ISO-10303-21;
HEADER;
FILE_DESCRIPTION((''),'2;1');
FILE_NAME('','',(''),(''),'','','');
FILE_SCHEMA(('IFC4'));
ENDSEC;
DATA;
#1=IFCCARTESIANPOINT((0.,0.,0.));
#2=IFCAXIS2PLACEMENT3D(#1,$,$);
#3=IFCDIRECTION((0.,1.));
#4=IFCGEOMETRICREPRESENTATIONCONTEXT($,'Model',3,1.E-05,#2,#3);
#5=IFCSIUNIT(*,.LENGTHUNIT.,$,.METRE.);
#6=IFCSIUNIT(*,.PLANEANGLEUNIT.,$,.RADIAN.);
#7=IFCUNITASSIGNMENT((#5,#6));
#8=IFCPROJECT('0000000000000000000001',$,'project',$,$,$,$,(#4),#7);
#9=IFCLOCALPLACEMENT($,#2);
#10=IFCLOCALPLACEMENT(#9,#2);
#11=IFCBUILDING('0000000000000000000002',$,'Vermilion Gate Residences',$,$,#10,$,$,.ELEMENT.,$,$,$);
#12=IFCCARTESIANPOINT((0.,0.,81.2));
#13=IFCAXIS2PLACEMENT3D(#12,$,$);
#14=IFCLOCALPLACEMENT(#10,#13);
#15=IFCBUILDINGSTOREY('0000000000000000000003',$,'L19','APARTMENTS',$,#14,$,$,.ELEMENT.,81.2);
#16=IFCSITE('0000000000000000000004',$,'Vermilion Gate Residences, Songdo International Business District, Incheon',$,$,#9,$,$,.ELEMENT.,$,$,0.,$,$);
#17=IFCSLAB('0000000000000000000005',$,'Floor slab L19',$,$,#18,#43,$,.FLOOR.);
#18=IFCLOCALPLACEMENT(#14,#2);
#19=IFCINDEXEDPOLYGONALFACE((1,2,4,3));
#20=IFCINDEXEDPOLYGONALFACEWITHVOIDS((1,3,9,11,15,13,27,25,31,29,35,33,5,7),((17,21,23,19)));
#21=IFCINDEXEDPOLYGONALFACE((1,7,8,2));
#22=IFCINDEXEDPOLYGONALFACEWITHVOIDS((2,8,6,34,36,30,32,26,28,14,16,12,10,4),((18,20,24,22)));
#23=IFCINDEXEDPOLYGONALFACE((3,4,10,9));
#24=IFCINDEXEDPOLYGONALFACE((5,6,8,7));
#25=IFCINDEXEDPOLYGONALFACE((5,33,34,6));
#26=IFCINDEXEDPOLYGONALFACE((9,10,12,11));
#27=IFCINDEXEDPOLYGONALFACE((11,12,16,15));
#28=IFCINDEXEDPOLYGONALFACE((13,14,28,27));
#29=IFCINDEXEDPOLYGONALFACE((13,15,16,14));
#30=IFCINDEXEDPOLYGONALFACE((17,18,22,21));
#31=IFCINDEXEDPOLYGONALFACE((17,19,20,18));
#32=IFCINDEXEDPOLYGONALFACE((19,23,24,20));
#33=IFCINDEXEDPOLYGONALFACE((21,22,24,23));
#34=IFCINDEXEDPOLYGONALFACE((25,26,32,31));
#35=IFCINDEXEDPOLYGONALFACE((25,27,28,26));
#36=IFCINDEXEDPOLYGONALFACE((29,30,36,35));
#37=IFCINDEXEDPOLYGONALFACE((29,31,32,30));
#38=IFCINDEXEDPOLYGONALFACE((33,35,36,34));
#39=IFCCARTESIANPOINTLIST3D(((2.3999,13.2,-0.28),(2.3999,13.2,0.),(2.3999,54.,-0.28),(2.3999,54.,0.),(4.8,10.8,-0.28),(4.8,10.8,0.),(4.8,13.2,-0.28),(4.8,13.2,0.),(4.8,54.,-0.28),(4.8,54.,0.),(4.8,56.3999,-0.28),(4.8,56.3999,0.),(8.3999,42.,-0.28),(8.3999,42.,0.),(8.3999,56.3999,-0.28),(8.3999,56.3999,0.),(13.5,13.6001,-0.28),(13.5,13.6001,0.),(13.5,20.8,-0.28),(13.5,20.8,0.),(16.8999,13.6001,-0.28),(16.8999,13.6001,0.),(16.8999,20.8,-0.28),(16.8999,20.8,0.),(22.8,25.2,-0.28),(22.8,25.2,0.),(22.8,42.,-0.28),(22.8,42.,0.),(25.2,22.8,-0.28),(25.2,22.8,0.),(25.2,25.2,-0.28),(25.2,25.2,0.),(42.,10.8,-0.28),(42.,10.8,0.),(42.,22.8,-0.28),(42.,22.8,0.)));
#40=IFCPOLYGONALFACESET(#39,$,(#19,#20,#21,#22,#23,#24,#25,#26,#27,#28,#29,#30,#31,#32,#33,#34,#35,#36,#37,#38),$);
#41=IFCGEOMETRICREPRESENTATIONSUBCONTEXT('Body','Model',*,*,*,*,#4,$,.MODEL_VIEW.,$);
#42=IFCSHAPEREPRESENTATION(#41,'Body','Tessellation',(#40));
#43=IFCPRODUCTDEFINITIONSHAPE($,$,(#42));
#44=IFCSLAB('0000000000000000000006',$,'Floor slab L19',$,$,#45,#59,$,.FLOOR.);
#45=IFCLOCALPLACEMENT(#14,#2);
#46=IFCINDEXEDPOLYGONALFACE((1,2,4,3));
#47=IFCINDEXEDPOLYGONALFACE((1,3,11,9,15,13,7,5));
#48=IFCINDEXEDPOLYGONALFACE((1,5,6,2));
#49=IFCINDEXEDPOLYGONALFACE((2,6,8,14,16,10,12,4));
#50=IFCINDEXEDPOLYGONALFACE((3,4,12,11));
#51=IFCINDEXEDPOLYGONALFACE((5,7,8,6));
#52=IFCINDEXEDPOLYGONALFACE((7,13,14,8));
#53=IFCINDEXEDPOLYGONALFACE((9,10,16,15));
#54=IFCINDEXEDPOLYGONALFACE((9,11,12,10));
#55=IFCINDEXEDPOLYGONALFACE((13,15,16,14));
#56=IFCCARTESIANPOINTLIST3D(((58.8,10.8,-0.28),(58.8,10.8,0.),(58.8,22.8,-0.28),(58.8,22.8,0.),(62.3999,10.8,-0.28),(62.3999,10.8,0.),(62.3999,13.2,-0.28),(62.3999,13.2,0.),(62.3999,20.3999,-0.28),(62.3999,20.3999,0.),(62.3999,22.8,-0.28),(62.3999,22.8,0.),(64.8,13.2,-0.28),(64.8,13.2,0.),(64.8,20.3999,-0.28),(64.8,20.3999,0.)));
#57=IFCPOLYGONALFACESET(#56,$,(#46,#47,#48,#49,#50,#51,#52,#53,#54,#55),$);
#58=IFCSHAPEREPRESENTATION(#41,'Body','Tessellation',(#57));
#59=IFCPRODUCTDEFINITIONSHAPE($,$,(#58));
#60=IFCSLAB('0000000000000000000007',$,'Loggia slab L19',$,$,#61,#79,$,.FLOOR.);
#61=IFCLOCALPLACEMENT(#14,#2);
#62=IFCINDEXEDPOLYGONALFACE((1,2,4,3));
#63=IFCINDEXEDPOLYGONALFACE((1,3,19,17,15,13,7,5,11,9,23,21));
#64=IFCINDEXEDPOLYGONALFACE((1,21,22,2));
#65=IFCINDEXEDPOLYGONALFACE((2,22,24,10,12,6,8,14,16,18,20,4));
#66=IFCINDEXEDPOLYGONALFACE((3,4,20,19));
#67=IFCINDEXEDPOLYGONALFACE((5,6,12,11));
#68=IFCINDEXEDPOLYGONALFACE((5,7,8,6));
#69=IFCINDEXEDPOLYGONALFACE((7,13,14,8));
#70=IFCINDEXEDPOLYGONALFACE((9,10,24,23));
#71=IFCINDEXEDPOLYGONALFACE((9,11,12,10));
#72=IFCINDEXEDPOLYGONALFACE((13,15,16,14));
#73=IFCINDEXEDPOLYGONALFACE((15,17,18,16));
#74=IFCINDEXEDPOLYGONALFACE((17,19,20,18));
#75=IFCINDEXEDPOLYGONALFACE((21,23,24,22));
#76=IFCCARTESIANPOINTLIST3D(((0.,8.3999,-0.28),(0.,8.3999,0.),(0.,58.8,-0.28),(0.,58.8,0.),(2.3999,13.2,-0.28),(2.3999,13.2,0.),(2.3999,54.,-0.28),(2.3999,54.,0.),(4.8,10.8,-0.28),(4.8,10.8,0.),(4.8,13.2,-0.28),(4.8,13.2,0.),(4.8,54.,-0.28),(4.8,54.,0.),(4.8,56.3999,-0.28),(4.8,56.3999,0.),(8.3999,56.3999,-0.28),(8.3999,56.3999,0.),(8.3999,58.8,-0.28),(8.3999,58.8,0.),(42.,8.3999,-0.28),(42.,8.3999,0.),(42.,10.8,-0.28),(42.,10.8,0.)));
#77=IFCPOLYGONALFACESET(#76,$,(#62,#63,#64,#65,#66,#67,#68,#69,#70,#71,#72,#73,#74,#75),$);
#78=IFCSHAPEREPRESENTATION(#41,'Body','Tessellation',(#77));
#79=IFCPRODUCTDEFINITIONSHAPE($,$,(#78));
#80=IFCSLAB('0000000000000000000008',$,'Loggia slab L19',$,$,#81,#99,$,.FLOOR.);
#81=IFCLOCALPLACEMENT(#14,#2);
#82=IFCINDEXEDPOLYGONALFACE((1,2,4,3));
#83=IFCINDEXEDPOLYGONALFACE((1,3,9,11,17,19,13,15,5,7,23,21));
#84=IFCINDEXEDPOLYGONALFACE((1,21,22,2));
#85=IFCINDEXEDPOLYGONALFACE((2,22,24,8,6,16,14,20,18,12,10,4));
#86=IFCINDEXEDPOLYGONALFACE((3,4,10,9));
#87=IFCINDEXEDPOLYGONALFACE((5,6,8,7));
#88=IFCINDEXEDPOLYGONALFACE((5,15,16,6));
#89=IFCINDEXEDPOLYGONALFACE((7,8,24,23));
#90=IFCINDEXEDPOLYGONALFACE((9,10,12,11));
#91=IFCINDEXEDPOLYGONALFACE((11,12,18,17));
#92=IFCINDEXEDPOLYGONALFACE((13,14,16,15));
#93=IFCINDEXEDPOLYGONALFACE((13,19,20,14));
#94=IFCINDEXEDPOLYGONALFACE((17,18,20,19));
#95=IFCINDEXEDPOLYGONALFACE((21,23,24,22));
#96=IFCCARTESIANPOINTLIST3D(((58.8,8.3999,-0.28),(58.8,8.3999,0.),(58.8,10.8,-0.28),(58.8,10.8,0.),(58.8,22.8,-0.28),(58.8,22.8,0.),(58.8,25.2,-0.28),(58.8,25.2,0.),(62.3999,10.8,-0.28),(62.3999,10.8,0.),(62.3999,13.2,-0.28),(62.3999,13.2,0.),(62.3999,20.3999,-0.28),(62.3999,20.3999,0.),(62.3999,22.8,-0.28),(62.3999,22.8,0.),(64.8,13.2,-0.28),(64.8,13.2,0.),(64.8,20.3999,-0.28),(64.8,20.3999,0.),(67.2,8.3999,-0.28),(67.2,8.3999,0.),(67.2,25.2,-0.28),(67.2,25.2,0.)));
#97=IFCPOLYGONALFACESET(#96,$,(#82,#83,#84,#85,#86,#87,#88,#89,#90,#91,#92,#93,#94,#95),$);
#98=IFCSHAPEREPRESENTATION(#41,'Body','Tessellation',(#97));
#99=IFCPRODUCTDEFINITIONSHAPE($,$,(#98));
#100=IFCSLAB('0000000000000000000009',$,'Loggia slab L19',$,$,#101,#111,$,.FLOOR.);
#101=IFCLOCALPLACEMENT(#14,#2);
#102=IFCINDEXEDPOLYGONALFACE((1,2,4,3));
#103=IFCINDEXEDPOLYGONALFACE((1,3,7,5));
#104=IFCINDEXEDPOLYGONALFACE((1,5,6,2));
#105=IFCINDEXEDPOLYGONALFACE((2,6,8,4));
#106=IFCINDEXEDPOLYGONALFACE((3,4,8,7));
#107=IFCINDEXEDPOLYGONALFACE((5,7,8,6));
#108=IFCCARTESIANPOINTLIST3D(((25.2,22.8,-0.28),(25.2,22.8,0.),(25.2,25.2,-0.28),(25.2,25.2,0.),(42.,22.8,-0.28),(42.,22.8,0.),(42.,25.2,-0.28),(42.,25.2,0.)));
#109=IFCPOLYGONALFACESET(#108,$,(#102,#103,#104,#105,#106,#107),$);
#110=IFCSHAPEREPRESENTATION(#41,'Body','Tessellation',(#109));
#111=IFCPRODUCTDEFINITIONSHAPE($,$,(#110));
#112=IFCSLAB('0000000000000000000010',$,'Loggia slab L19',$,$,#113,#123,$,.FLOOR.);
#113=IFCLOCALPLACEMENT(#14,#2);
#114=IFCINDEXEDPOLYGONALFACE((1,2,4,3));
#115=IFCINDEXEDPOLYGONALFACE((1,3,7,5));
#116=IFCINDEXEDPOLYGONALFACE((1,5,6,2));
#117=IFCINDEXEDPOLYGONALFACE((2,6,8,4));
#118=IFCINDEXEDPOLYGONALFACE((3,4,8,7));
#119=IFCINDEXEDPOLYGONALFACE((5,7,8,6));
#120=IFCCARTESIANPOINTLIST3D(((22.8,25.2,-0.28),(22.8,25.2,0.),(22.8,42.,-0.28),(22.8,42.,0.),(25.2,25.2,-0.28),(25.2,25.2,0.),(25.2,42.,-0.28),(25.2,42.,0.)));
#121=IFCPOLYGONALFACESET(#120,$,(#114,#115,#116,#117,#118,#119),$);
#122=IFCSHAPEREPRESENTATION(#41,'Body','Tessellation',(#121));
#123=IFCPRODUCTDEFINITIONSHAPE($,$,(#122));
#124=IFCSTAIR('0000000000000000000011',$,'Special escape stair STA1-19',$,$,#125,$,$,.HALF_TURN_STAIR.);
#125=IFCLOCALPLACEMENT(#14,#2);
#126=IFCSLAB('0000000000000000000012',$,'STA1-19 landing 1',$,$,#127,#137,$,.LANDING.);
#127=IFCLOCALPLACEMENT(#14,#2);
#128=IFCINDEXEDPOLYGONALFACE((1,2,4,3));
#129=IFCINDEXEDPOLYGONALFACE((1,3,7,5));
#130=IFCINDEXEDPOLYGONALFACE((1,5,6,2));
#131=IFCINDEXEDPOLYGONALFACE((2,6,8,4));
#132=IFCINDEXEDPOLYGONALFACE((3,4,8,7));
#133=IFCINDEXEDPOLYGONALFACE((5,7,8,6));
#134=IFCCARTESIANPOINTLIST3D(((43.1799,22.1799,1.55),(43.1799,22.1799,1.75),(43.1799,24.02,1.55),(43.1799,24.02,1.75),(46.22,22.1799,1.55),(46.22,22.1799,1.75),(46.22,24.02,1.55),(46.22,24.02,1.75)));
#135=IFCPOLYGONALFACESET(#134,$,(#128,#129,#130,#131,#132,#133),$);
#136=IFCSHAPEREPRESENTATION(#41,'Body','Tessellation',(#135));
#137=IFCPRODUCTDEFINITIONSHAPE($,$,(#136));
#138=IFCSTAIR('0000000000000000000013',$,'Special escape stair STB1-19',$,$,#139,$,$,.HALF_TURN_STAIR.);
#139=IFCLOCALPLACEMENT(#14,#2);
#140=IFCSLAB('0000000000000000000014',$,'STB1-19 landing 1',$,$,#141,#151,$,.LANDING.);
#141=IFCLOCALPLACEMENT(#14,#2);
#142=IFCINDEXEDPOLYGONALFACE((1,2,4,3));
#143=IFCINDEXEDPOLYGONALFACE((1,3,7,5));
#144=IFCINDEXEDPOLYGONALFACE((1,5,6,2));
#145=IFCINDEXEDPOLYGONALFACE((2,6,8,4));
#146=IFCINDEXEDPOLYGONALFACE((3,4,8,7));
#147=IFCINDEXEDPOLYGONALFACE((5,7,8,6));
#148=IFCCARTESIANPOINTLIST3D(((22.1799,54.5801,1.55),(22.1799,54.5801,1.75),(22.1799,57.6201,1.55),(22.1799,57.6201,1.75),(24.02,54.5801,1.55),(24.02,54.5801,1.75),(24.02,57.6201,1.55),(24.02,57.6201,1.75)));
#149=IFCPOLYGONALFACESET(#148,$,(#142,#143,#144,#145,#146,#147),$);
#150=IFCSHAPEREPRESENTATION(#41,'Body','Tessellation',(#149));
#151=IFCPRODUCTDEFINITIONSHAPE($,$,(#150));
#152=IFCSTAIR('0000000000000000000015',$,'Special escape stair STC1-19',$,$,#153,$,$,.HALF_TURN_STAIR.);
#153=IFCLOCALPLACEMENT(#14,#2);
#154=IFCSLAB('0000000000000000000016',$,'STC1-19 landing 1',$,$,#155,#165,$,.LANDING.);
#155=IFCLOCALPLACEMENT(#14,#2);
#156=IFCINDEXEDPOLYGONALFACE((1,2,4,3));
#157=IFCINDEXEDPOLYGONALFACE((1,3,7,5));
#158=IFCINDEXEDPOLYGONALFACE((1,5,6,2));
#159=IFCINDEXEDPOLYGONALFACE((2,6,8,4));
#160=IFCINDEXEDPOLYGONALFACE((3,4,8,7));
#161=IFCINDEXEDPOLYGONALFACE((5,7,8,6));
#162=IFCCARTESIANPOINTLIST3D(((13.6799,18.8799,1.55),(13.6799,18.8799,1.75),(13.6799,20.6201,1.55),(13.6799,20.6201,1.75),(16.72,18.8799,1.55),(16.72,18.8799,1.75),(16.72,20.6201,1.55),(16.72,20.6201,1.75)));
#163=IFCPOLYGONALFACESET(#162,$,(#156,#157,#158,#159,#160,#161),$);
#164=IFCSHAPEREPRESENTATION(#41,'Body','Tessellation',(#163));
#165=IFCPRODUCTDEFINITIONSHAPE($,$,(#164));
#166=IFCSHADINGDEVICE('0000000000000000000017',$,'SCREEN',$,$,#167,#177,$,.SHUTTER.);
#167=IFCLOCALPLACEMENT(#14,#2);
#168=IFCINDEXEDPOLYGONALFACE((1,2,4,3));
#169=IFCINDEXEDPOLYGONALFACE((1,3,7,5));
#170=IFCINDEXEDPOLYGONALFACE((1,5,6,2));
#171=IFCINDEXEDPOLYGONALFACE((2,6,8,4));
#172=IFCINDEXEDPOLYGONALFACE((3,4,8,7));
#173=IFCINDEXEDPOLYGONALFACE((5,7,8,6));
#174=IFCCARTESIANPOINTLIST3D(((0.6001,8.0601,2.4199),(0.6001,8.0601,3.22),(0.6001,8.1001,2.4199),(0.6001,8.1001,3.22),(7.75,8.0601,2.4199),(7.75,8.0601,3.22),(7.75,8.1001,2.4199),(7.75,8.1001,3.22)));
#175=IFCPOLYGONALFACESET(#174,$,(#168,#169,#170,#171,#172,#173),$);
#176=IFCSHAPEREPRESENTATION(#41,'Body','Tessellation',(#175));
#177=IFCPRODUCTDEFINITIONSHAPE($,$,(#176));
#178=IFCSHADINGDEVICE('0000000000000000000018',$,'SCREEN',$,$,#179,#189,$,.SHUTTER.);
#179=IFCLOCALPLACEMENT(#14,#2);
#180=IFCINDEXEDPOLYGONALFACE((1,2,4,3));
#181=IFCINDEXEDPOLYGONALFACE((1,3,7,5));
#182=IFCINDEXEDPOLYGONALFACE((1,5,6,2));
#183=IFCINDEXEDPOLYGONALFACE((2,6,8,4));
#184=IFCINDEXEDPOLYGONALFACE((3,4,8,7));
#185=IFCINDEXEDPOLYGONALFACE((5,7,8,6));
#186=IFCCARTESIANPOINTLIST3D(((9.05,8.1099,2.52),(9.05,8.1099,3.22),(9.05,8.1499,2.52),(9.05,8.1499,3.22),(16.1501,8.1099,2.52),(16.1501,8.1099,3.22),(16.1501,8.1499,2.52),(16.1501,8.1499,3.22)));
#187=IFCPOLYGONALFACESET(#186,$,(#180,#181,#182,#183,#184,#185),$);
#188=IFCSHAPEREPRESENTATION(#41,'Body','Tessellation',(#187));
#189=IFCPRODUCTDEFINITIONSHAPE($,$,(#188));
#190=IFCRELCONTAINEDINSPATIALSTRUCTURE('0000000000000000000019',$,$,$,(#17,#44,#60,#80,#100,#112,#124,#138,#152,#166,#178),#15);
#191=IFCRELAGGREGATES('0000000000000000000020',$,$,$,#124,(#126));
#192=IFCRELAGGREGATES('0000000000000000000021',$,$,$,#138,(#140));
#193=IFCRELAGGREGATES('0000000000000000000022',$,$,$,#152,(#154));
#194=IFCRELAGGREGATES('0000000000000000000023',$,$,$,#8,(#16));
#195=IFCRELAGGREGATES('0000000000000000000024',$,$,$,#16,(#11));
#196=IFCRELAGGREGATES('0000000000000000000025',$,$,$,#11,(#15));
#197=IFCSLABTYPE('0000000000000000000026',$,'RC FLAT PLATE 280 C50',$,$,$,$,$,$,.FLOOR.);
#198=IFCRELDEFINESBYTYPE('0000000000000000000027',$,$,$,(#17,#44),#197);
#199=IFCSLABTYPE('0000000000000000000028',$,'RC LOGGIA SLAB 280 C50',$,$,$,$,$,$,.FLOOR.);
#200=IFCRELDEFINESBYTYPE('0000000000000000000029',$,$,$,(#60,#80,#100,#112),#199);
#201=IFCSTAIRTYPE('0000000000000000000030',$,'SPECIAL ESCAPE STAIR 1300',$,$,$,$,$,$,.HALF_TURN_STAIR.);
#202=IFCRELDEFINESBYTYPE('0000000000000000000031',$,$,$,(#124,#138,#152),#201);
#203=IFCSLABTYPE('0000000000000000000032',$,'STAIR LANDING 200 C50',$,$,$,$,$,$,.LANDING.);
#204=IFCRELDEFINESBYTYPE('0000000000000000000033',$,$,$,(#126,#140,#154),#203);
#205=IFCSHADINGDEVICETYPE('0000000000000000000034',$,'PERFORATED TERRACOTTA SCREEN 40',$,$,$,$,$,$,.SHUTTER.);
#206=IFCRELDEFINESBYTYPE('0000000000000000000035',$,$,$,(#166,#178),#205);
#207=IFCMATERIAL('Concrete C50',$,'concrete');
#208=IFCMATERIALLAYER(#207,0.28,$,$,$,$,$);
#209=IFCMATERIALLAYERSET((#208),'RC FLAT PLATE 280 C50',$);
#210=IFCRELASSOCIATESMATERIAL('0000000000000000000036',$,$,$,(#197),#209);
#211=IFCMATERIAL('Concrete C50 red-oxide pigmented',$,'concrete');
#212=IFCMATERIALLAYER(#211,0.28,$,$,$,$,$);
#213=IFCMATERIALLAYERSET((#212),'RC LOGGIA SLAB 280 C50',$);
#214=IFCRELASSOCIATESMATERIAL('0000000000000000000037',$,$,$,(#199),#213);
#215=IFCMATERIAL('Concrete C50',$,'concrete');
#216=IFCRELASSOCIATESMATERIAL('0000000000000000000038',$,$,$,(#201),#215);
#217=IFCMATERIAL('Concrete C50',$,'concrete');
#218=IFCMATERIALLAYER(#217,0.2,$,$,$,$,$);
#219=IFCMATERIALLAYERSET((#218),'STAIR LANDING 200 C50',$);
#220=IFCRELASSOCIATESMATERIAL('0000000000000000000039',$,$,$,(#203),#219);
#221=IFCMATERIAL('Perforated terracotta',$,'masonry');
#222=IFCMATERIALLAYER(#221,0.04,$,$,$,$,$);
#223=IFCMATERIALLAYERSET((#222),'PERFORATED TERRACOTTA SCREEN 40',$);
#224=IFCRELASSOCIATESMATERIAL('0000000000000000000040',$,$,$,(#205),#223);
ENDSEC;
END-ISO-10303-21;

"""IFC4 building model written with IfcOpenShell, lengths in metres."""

from ifc_helpers import new_model, si_unit, direction, frame, origin, origin_2d, place, context, subcontext, project, spatial, polyline, rectangle, outline, extrude, material, layer, layer_set, type_object, element, aggregate, save


model = new_model("IFC4")

# Units and contexts
model_context = context("Model", 3, precision=1e-05, world=origin(), true_north=direction((0.0, 1.0)))
body_context = subcontext(model_context, "Body", "Model", "MODEL_VIEW")
ifc_project = project(units=[si_unit("LENGTHUNIT", "METRE"), si_unit("PLANEANGLEUNIT", "RADIAN")], contexts=[model_context])

# Site, building, storey
site_placement = place(None, origin())
site = spatial("IfcSite", under=ifc_project, at=site_placement, Name="Vermilion Gate Residences, Songdo International Business District, Incheon", CompositionType="ELEMENT", RefElevation=0.0)
building_placement = place(site_placement, origin())
building = spatial("IfcBuilding", under=site, at=building_placement, Name="Vermilion Gate Residences", CompositionType="ELEMENT")
storey_placement = place(building_placement, frame((0.0, 0.0, 81.2)))
storey = spatial("IfcBuildingStorey", under=building, at=storey_placement, Name="L19", Description="APARTMENTS", CompositionType="ELEMENT", Elevation=81.2)

# Slabs
ifc_material_1 = material(Name="Concrete C50", Category="concrete")
ifc_layer_1 = layer(ifc_material_1, 0.28)
ifc_layer_set_1 = layer_set([ifc_layer_1], Name="RC FLAT PLATE 280 C50")
slab_type_1 = type_object("IfcSlabType", Name="RC FLAT PLATE 280 C50", PredefinedType="FLOOR", material=ifc_layer_set_1)
slab_1_placement = place(storey_placement, frame((0.0, 0.0, -0.28)))
element("IfcSlab", 1, at=slab_1_placement, inside=storey, type_object=slab_type_1, Name="Floor slab L19", PredefinedType="FLOOR", context=body_context, shape_type="SweptSolid", body=[
    extrude(outline(polyline([(22.8, 25.2), (22.8, 42.0), (8.3999, 42.0), (8.3999, 56.3999), (4.8, 56.3999), (4.8, 54.0), (2.3999, 54.0), (2.3999, 13.2), (4.8, 13.2), (4.8, 10.8), (42.0, 10.8), (42.0, 22.8), (25.2, 22.8), (25.2, 25.2), (22.8, 25.2)]), holes=[polyline([(13.5, 13.6001), (13.5, 20.8), (16.8999, 20.8), (16.8999, 13.6001), (13.5, 13.6001)])]), origin(), (0.0, 0.0, 1.0), 0.28),
])
slab_2_placement = place(storey_placement, frame((0.0, 0.0, -0.28)))
element("IfcSlab", 2, at=slab_2_placement, inside=storey, type_object=slab_type_1, Name="Floor slab L19", PredefinedType="FLOOR", context=body_context, shape_type="SweptSolid", body=[
    extrude(outline(polyline([(58.8, 22.8), (58.8, 10.8), (62.3999, 10.8), (62.3999, 13.2), (64.8, 13.2), (64.8, 20.3999), (62.3999, 20.3999), (62.3999, 22.8), (58.8, 22.8)])), origin(), (0.0, 0.0, 1.0), 0.28),
])
ifc_material_2 = material(Name="Concrete C50 red-oxide pigmented", Category="concrete")
ifc_layer_2 = layer(ifc_material_2, 0.28)
ifc_layer_set_2 = layer_set([ifc_layer_2], Name="RC LOGGIA SLAB 280 C50")
slab_type_2 = type_object("IfcSlabType", Name="RC LOGGIA SLAB 280 C50", PredefinedType="FLOOR", material=ifc_layer_set_2)
slab_3_placement = place(storey_placement, frame((0.0, 0.0, -0.28)))
element("IfcSlab", 3, at=slab_3_placement, inside=storey, type_object=slab_type_2, Name="Loggia slab L19", PredefinedType="FLOOR", context=body_context, shape_type="SweptSolid", body=[
    extrude(outline(polyline([(0.0, 58.8), (0.0, 8.3999), (42.0, 8.3999), (42.0, 10.8), (4.8, 10.8), (4.8, 13.2), (2.3999, 13.2), (2.3999, 54.0), (4.8, 54.0), (4.8, 56.3999), (8.3999, 56.3999), (8.3999, 58.8), (0.0, 58.8)])), origin(), (0.0, 0.0, 1.0), 0.28),
])
slab_4_placement = place(storey_placement, frame((0.0, 0.0, -0.28)))
element("IfcSlab", 4, at=slab_4_placement, inside=storey, type_object=slab_type_2, Name="Loggia slab L19", PredefinedType="FLOOR", context=body_context, shape_type="SweptSolid", body=[
    extrude(outline(polyline([(64.8, 20.3999), (64.8, 13.2), (62.3999, 13.2), (62.3999, 10.8), (58.8, 10.8), (58.8, 8.3999), (67.2, 8.3999), (67.2, 25.2), (58.8, 25.2), (58.8, 22.8), (62.3999, 22.8), (62.3999, 20.3999), (64.8, 20.3999)])), origin(), (0.0, 0.0, 1.0), 0.28),
])
slab_5_placement = place(storey_placement, frame((0.0, 0.0, -0.28)))
element("IfcSlab", 5, at=slab_5_placement, inside=storey, type_object=slab_type_2, Name="Loggia slab L19", PredefinedType="FLOOR", context=body_context, shape_type="SweptSolid", body=[
    extrude(outline(polyline([(25.2, 22.8), (42.0, 22.8), (42.0, 25.2), (25.2, 25.2), (25.2, 22.8)])), origin(), (0.0, 0.0, 1.0), 0.28),
])
slab_6_placement = place(storey_placement, frame((0.0, 0.0, -0.28)))
element("IfcSlab", 6, at=slab_6_placement, inside=storey, type_object=slab_type_2, Name="Loggia slab L19", PredefinedType="FLOOR", context=body_context, shape_type="SweptSolid", body=[
    extrude(outline(polyline([(25.2, 25.2), (25.2, 42.0), (22.8, 42.0), (22.8, 25.2), (25.2, 25.2)])), origin(), (0.0, 0.0, 1.0), 0.28),
])

# Stairs, slabs
ifc_material_3 = material(Name="Concrete C50", Category="concrete")
stair_type = type_object("IfcStairType", Name="SPECIAL ESCAPE STAIR 1300", PredefinedType="HALF_TURN_STAIR", material=ifc_material_3)
stair_1_placement = place(storey_placement, origin())
stair_1 = element("IfcStair", 7, at=stair_1_placement, inside=storey, type_object=stair_type, Name="Special escape stair STA1-19", PredefinedType="HALF_TURN_STAIR")
ifc_material_4 = material(Name="Concrete C50", Category="concrete")
ifc_layer_3 = layer(ifc_material_4, 0.2)
ifc_layer_set_3 = layer_set([ifc_layer_3], Name="STAIR LANDING 200 C50")
slab_type_3 = type_object("IfcSlabType", Name="STAIR LANDING 200 C50", PredefinedType="LANDING", material=ifc_layer_set_3)
slab_7_placement = place(storey_placement, frame((0.0, 0.0, 1.55)))
slab_7 = element("IfcSlab", 8, at=slab_7_placement, type_object=slab_type_3, Name="STA1-19 landing 1", PredefinedType="LANDING", context=body_context, shape_type="SweptSolid", body=[
    extrude(outline(polyline([(46.22, 22.1799), (46.22, 24.02), (43.1799, 24.02), (43.1799, 22.1799), (46.22, 22.1799)])), origin(), (0.0, 0.0, 1.0), 0.2),
])
aggregate(stair_1, [slab_7])
stair_2_placement = place(storey_placement, origin())
stair_2 = element("IfcStair", 9, at=stair_2_placement, inside=storey, type_object=stair_type, Name="Special escape stair STB1-19", PredefinedType="HALF_TURN_STAIR")
slab_8_placement = place(storey_placement, frame((0.0, 0.0, 1.55)))
slab_8 = element("IfcSlab", 10, at=slab_8_placement, type_object=slab_type_3, Name="STB1-19 landing 1", PredefinedType="LANDING", context=body_context, shape_type="SweptSolid", body=[
    extrude(outline(polyline([(24.02, 54.5801), (24.02, 57.6201), (22.1799, 57.6201), (22.1799, 54.5801), (24.02, 54.5801)])), origin(), (0.0, 0.0, 1.0), 0.2),
])
aggregate(stair_2, [slab_8])
stair_3_placement = place(storey_placement, origin())
stair_3 = element("IfcStair", 11, at=stair_3_placement, inside=storey, type_object=stair_type, Name="Special escape stair STC1-19", PredefinedType="HALF_TURN_STAIR")
slab_9_placement = place(storey_placement, frame((0.0, 0.0, 1.55)))
slab_9 = element("IfcSlab", 12, at=slab_9_placement, type_object=slab_type_3, Name="STC1-19 landing 1", PredefinedType="LANDING", context=body_context, shape_type="SweptSolid", body=[
    extrude(outline(polyline([(16.72, 18.8799), (16.72, 20.6201), (13.6799, 20.6201), (13.6799, 18.8799), (16.72, 18.8799)])), origin(), (0.0, 0.0, 1.0), 0.2),
])
aggregate(stair_3, [slab_9])

# Shading devices
ifc_material_5 = material(Name="Perforated terracotta", Category="masonry")
ifc_layer_4 = layer(ifc_material_5, 0.04)
ifc_layer_set_4 = layer_set([ifc_layer_4], Name="PERFORATED TERRACOTTA SCREEN 40")
shading_device_type_1 = type_object("IfcShadingDeviceType", Name="PERFORATED TERRACOTTA SCREEN 40", PredefinedType="SHUTTER", material=ifc_layer_set_4)
shading_device_1_placement = place(storey_placement, frame((4.175, 8.0801, 2.4199), z_axis=(0.0, 0.0, 1.0), x_axis=(1.0, 0.0, 0.0)))
element("IfcShadingDevice", 13, at=shading_device_1_placement, inside=storey, type_object=shading_device_type_1, Name="SCREEN", PredefinedType="SHUTTER", context=body_context, shape_type="SweptSolid", body=[
    extrude(rectangle(XDim=7.1499, YDim=0.04, at=origin_2d()), origin(), (0.0, 0.0, 1.0), 0.8),
])
shading_device_2_placement = place(storey_placement, frame((12.6001, 8.1299, 2.52), z_axis=(0.0, 0.0, 1.0), x_axis=(1.0, 0.0, 0.0)))
element("IfcShadingDevice", 14, at=shading_device_2_placement, inside=storey, type_object=shading_device_type_1, Name="SCREEN", PredefinedType="SHUTTER", context=body_context, shape_type="SweptSolid", body=[
    extrude(rectangle(XDim=7.1001, YDim=0.04, at=origin_2d()), origin(), (0.0, 0.0, 1.0), 0.7),
])

save(model, "model.ifc")
